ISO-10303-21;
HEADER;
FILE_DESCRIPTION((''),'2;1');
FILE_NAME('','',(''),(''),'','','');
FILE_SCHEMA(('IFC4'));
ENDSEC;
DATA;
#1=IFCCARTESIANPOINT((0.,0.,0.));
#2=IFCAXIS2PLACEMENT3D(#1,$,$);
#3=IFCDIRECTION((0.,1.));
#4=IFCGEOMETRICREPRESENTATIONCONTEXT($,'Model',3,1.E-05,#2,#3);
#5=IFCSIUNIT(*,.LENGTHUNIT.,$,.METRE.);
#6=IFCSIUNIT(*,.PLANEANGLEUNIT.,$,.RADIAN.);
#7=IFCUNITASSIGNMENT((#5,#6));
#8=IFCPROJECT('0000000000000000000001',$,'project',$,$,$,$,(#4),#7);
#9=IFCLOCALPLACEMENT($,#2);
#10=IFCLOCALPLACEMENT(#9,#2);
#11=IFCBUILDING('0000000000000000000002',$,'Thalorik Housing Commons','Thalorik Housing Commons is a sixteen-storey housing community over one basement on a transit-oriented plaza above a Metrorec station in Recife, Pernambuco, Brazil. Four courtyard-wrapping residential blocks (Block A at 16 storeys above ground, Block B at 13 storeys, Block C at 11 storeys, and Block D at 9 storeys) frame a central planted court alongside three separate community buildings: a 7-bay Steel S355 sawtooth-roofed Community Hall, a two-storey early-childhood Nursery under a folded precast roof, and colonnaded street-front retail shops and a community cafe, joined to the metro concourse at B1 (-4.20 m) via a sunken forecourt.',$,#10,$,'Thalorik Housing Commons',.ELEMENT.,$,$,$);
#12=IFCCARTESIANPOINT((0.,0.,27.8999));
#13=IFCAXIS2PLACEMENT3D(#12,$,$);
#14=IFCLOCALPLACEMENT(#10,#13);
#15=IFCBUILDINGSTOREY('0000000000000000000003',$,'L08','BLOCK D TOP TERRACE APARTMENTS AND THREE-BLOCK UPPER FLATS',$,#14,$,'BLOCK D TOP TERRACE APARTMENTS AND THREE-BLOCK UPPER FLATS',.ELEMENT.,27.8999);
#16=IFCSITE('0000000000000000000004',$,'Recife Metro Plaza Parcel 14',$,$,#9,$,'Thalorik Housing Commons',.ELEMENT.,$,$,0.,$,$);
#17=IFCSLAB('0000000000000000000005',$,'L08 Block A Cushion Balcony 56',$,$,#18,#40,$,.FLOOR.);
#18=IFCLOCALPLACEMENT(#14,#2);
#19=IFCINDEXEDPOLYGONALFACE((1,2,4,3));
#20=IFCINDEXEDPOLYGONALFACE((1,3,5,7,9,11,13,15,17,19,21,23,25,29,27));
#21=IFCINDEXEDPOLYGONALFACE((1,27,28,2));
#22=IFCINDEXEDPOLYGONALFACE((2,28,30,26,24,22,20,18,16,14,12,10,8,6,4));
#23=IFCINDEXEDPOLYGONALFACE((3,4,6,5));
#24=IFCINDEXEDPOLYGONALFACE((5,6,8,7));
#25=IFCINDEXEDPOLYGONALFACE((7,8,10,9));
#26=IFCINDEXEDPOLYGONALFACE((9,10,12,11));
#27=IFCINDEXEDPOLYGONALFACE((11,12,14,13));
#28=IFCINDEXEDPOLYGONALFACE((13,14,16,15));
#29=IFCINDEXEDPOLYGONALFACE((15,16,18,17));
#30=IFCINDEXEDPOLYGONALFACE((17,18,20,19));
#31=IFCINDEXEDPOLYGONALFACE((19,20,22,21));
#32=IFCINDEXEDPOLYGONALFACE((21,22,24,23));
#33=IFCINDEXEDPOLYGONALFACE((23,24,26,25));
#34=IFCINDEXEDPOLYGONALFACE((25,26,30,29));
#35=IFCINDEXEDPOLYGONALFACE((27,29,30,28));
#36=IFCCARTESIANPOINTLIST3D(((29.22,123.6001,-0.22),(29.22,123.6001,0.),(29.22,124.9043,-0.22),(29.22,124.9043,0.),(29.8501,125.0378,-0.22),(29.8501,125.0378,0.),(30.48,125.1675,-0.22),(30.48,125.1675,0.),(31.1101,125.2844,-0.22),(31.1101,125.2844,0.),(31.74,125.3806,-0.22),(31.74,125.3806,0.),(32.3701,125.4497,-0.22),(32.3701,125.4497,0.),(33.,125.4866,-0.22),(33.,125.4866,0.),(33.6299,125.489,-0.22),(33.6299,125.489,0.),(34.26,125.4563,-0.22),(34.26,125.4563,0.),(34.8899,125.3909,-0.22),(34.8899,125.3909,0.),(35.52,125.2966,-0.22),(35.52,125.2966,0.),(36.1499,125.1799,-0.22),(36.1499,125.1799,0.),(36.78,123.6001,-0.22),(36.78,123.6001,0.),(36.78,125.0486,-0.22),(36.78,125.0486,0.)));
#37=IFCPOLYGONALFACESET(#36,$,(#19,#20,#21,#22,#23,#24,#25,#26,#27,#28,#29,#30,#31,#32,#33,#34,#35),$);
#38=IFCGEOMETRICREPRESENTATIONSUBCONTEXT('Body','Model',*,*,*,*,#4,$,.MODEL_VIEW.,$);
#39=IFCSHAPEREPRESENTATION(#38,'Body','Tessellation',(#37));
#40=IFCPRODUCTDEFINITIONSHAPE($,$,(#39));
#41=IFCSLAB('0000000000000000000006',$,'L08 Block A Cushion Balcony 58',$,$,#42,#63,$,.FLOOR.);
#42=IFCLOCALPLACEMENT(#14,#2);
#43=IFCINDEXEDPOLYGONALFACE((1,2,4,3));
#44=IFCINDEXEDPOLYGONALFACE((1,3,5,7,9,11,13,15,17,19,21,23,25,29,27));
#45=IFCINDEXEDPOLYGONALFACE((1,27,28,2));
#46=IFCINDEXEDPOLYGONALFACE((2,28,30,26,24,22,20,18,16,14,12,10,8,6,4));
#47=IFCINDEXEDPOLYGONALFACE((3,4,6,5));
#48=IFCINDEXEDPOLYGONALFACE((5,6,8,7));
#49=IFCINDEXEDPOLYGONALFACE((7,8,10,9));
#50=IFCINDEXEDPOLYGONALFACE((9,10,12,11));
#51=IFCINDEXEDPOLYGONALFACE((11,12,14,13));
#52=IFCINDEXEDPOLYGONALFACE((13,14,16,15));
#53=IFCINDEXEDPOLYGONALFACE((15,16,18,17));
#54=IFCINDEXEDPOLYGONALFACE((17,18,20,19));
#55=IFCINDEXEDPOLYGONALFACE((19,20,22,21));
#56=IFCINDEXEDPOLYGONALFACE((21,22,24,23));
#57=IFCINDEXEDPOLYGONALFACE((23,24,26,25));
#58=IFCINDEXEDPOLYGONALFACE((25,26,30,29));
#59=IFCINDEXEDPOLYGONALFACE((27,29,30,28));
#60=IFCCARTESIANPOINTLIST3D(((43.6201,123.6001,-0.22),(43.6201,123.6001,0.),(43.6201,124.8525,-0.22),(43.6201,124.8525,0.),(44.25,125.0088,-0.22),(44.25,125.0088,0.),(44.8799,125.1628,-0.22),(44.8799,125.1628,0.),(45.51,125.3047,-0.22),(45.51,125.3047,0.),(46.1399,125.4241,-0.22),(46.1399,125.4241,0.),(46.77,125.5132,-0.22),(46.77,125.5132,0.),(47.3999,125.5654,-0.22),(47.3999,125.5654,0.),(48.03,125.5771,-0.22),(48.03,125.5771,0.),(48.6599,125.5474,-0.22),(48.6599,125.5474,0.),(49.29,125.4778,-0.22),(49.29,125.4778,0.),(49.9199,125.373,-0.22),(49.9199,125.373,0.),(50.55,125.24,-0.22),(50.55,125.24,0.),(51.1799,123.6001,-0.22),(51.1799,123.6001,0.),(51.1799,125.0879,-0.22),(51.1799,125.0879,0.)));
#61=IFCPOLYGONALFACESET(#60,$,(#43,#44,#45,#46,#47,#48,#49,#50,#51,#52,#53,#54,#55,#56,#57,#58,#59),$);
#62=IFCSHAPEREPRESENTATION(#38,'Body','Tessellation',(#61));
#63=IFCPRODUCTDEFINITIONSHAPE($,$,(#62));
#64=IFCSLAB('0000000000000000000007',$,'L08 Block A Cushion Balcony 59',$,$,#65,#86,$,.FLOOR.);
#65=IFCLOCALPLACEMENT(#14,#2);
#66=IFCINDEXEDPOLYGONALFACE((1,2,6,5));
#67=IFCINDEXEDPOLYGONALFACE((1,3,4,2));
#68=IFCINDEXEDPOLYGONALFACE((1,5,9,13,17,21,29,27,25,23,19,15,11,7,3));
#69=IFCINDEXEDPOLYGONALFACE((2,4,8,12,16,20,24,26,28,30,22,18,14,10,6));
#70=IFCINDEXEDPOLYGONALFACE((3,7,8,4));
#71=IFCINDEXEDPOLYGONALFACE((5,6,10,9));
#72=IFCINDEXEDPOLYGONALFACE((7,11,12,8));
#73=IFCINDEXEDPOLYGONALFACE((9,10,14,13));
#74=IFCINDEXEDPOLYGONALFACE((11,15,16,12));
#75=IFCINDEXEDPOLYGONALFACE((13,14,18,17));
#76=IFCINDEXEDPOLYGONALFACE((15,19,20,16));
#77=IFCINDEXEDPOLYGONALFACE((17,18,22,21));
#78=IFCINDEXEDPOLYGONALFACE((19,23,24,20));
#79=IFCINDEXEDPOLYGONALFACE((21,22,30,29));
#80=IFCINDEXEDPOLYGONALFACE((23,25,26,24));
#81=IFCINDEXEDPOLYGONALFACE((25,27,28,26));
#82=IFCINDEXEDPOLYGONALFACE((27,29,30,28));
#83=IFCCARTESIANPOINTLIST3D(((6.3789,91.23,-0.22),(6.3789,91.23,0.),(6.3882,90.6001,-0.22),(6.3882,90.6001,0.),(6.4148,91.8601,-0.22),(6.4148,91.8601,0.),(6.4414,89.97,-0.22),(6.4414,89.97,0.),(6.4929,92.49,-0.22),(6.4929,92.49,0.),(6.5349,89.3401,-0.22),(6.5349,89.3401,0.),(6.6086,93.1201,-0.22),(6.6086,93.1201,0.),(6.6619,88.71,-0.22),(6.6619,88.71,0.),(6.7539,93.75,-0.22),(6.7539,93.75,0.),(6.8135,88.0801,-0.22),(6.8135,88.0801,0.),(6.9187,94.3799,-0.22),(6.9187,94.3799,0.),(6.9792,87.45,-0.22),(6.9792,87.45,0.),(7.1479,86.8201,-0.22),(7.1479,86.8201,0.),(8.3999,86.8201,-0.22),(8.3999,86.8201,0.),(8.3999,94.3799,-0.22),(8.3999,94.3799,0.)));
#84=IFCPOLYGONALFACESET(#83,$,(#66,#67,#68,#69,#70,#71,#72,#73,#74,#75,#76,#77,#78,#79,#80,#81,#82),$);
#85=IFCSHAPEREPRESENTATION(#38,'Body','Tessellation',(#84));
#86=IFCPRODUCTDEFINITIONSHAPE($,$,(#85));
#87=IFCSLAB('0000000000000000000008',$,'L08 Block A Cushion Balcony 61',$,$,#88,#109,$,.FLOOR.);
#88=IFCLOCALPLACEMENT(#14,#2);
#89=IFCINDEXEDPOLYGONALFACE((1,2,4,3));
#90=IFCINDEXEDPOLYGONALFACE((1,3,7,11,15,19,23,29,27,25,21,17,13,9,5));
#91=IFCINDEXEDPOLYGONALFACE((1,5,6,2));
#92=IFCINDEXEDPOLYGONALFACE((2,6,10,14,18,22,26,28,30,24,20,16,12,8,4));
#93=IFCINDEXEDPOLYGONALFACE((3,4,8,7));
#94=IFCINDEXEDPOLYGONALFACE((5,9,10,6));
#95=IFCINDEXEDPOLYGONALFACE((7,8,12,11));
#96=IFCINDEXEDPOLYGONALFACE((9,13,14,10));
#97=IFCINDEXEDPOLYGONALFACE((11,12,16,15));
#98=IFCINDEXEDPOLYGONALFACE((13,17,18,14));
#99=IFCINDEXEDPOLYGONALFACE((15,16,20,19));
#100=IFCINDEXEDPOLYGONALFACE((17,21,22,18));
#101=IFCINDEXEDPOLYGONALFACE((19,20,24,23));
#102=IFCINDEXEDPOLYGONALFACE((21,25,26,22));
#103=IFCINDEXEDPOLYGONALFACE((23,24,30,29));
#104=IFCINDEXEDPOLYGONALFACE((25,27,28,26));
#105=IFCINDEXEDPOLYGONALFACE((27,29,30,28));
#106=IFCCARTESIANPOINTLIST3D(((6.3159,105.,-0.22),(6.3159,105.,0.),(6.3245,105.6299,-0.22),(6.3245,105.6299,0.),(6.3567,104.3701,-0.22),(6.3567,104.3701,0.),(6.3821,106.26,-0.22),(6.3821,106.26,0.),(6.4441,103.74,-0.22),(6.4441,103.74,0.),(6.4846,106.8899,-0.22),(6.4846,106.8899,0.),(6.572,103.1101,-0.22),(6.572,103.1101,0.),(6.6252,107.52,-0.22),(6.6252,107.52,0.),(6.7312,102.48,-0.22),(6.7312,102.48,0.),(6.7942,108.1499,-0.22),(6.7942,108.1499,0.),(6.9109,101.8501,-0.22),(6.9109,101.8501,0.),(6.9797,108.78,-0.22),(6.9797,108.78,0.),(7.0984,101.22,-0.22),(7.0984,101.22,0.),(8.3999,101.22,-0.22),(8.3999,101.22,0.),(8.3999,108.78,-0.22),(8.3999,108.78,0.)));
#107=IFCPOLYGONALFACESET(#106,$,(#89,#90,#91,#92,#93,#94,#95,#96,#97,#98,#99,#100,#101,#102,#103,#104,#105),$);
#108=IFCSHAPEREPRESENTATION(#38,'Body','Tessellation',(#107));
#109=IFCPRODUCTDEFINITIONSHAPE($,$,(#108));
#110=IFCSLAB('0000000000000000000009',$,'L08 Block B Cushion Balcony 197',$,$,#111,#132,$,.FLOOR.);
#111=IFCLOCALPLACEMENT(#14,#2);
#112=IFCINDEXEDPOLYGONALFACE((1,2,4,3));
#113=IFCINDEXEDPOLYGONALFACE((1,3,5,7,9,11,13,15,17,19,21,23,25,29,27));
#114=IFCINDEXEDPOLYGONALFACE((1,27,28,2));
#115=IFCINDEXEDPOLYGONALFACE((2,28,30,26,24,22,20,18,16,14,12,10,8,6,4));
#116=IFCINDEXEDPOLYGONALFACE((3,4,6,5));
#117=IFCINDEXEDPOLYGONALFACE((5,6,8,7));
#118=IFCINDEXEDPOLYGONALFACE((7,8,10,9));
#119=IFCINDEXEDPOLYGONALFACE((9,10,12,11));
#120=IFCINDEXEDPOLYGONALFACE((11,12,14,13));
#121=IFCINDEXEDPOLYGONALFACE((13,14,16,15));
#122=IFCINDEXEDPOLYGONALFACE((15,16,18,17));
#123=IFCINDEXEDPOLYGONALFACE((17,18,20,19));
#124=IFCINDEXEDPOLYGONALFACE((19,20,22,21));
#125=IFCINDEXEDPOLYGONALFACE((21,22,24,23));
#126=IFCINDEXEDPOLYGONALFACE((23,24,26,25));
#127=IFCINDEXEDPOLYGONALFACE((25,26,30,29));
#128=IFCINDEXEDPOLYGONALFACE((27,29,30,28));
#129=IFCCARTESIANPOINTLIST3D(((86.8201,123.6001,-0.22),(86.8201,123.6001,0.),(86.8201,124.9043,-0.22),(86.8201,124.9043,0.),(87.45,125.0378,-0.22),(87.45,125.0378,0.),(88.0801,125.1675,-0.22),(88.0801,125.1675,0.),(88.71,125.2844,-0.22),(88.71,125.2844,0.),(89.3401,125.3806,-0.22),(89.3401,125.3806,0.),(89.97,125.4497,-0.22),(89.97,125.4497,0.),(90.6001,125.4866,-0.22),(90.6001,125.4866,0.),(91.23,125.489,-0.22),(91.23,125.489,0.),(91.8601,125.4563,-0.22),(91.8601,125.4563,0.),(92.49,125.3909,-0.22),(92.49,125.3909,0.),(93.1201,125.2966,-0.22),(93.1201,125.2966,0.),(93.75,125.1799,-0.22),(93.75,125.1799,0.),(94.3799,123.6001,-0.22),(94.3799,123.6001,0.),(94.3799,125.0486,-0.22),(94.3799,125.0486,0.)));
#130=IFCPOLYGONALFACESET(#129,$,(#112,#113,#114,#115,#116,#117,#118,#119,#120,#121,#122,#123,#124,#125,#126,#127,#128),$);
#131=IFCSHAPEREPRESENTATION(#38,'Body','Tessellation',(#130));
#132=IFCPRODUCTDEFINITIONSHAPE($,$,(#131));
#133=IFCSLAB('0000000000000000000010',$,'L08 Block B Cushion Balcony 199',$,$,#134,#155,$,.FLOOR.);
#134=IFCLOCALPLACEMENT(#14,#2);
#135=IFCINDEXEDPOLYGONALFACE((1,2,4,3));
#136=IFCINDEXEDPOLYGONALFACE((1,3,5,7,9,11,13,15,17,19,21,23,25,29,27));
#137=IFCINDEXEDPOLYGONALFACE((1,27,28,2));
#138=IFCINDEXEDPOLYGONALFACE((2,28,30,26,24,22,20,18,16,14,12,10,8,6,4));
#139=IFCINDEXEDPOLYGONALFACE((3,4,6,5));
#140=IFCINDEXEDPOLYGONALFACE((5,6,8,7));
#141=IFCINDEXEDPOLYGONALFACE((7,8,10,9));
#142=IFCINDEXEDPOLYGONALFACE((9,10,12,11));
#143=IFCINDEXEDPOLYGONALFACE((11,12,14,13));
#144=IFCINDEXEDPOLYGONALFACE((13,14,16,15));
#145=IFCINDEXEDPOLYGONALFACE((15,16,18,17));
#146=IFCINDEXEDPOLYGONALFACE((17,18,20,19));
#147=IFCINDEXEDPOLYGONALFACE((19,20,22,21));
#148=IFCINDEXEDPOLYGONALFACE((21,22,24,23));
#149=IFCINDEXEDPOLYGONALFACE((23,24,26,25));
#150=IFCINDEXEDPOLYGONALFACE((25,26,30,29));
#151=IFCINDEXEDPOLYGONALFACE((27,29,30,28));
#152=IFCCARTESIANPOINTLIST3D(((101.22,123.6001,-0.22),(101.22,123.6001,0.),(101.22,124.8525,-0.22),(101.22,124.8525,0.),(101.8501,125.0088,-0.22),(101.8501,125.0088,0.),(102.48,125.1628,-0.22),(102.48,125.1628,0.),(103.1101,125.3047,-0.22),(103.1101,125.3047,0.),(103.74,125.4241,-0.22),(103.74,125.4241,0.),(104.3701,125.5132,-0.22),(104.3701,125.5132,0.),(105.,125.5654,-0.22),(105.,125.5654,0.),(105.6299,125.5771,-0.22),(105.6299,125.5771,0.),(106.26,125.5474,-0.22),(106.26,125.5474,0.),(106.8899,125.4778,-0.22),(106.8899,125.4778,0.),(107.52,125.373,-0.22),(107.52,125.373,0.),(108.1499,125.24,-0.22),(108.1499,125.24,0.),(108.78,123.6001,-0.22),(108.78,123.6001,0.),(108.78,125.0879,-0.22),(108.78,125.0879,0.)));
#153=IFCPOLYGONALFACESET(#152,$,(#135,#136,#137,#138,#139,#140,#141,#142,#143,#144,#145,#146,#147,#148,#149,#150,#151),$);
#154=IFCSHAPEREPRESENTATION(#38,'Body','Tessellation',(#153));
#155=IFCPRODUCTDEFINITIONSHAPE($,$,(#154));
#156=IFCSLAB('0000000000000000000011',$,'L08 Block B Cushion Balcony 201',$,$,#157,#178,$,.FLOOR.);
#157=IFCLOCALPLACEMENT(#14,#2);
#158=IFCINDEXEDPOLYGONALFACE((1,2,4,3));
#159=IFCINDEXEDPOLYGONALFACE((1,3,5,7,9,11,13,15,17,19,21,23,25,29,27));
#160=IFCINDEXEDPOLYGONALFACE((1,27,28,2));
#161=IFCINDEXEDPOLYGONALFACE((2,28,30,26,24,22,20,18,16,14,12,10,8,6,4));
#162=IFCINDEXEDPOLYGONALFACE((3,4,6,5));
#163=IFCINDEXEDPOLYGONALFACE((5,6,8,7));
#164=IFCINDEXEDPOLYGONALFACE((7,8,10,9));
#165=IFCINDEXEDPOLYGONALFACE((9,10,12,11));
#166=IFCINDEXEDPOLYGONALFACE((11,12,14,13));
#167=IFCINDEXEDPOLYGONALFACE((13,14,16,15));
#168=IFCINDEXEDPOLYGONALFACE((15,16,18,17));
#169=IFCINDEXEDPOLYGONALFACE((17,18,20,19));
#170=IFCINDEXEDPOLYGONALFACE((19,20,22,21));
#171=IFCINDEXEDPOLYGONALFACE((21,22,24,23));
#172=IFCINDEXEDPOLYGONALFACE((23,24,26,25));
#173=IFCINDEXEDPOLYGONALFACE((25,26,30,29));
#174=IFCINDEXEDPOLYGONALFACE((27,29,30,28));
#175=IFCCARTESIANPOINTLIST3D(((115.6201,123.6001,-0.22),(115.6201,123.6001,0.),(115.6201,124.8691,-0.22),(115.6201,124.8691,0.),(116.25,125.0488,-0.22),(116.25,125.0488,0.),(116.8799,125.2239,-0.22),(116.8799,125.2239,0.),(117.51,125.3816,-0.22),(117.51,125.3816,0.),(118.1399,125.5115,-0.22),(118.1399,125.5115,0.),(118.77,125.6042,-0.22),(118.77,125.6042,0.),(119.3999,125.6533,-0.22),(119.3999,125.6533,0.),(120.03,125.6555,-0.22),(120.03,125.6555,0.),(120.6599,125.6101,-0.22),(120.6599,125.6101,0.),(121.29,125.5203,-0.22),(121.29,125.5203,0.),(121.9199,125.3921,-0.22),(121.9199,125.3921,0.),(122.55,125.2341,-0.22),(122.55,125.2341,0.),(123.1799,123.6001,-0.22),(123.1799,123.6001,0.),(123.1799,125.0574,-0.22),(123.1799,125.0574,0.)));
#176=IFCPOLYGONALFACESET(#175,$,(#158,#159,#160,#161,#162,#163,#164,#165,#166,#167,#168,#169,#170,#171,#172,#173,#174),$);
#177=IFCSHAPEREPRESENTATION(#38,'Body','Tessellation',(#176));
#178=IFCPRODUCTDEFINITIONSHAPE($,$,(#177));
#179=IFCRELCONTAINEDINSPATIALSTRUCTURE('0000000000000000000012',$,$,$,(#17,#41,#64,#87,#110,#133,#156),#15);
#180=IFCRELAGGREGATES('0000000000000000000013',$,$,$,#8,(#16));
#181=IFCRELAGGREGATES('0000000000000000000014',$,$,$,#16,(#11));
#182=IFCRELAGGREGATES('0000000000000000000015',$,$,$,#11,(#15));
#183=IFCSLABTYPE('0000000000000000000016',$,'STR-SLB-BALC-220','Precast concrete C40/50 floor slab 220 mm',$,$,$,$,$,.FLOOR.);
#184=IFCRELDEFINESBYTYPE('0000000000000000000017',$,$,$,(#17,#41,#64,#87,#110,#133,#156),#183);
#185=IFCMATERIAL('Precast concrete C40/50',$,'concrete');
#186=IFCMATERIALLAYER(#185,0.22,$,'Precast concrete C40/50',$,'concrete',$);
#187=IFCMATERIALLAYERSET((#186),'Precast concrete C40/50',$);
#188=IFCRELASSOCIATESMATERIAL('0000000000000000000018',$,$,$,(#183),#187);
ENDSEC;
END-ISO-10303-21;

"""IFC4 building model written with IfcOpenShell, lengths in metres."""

from ifc_helpers import new_model, si_unit, direction, frame, origin, place, context, subcontext, project, spatial, polyline, outline, extrude, material, layer, layer_set, type_object, element, save


model = new_model("IFC4")

# Units and contexts
model_context = context("Model", 3, precision=1e-05, world=origin(), true_north=direction((0.0, 1.0)))
body_context = subcontext(model_context, "Body", "Model", "MODEL_VIEW")
ifc_project = project(units=[si_unit("LENGTHUNIT", "METRE"), si_unit("PLANEANGLEUNIT", "RADIAN")], contexts=[model_context])

# Site, building, storey
site_placement = place(None, origin())
site = spatial("IfcSite", under=ifc_project, at=site_placement, Name="Recife Metro Plaza Parcel 14", LongName="Thalorik Housing Commons", CompositionType="ELEMENT", RefElevation=0.0)
building_placement = place(site_placement, origin())
building = spatial("IfcBuilding", under=site, at=building_placement, Name="Thalorik Housing Commons", Description="Thalorik Housing Commons is a sixteen-storey housing community over one basement on a transit-oriented plaza above a Metrorec station in Recife, Pernambuco, Brazil. Four courtyard-wrapping residential blocks (Block A at 16 storeys above ground, Block B at 13 storeys, Block C at 11 storeys, and Block D at 9 storeys) frame a central planted court alongside three separate community buildings: a 7-bay Steel S355 sawtooth-roofed Community Hall, a two-storey early-childhood Nursery under a folded precast roof, and colonnaded street-front retail shops and a community cafe, joined to the metro concourse at B1 (-4.20 m) via a sunken forecourt.", LongName="Thalorik Housing Commons", CompositionType="ELEMENT")
storey_placement = place(building_placement, frame((0.0, 0.0, 27.8999)))
storey = spatial("IfcBuildingStorey", under=building, at=storey_placement, Name="L08", Description="BLOCK D TOP TERRACE APARTMENTS AND THREE-BLOCK UPPER FLATS", LongName="BLOCK D TOP TERRACE APARTMENTS AND THREE-BLOCK UPPER FLATS", CompositionType="ELEMENT", Elevation=27.8999)

# Slabs
ifc_material_1 = material(Name="Precast concrete C40/50", Category="concrete")
ifc_layer_1 = layer(ifc_material_1, 0.22, Name="Precast concrete C40/50", Category="concrete")
ifc_layer_set_1 = layer_set([ifc_layer_1], Name="Precast concrete C40/50")
slab_type_1 = type_object("IfcSlabType", Name="STR-SLB-BALC-220", Description="Precast concrete C40/50 floor slab 220 mm", PredefinedType="FLOOR", material=ifc_layer_set_1)
slab_1_placement = place(storey_placement, frame((0.0, 0.0, -0.22)))
element("IfcSlab", 1, at=slab_1_placement, inside=storey, type_object=slab_type_1, Name="L08 Block A Cushion Balcony 56", PredefinedType="FLOOR", context=body_context, shape_type="SweptSolid", body=[
    extrude(outline(polyline([(29.22, 123.6001), (36.78, 123.6001), (36.78, 125.0486), (36.1499, 125.1799), (35.52, 125.2966), (34.8899, 125.3909), (34.26, 125.4563), (33.6299, 125.489), (33.0, 125.4866), (32.3701, 125.4497), (31.74, 125.3806), (31.1101, 125.2844), (30.48, 125.1675), (29.8501, 125.0378), (29.22, 124.9043), (29.22, 123.6001)])), origin(), (0.0, 0.0, 1.0), 0.22),
])
slab_2_placement = place(storey_placement, frame((0.0, 0.0, -0.22)))
element("IfcSlab", 2, at=slab_2_placement, inside=storey, type_object=slab_type_1, Name="L08 Block A Cushion Balcony 58", PredefinedType="FLOOR", context=body_context, shape_type="SweptSolid", body=[
    extrude(outline(polyline([(43.6201, 123.6001), (51.1799, 123.6001), (51.1799, 125.0879), (50.55, 125.24), (49.9199, 125.373), (49.29, 125.4778), (48.6599, 125.5474), (48.03, 125.5771), (47.3999, 125.5654), (46.77, 125.5132), (46.1399, 125.4241), (45.51, 125.3047), (44.8799, 125.1628), (44.25, 125.0088), (43.6201, 124.8525), (43.6201, 123.6001)])), origin(), (0.0, 0.0, 1.0), 0.22),
])
slab_3_placement = place(storey_placement, frame((0.0, 0.0, -0.22)))
element("IfcSlab", 3, at=slab_3_placement, inside=storey, type_object=slab_type_1, Name="L08 Block A Cushion Balcony 59", PredefinedType="FLOOR", context=body_context, shape_type="SweptSolid", body=[
    extrude(outline(polyline([(8.3999, 86.8201), (8.3999, 94.3799), (6.9187, 94.3799), (6.7539, 93.75), (6.6086, 93.1201), (6.4929, 92.49), (6.4148, 91.8601), (6.3789, 91.23), (6.3882, 90.6001), (6.4414, 89.97), (6.5349, 89.3401), (6.6619, 88.71), (6.8135, 88.0801), (6.9792, 87.45), (7.1479, 86.8201), (8.3999, 86.8201)])), origin(), (0.0, 0.0, 1.0), 0.22),
])
slab_4_placement = place(storey_placement, frame((0.0, 0.0, -0.22)))
element("IfcSlab", 4, at=slab_4_placement, inside=storey, type_object=slab_type_1, Name="L08 Block A Cushion Balcony 61", PredefinedType="FLOOR", context=body_context, shape_type="SweptSolid", body=[
    extrude(outline(polyline([(8.3999, 101.22), (8.3999, 108.78), (6.9797, 108.78), (6.7942, 108.1499), (6.6252, 107.52), (6.4846, 106.8899), (6.3821, 106.26), (6.3245, 105.6299), (6.3159, 105.0), (6.3567, 104.3701), (6.4441, 103.74), (6.572, 103.1101), (6.7312, 102.48), (6.9109, 101.8501), (7.0984, 101.22), (8.3999, 101.22)])), origin(), (0.0, 0.0, 1.0), 0.22),
])
slab_5_placement = place(storey_placement, frame((0.0, 0.0, -0.22)))
element("IfcSlab", 5, at=slab_5_placement, inside=storey, type_object=slab_type_1, Name="L08 Block B Cushion Balcony 197", PredefinedType="FLOOR", context=body_context, shape_type="SweptSolid", body=[
    extrude(outline(polyline([(86.8201, 123.6001), (94.3799, 123.6001), (94.3799, 125.0486), (93.75, 125.1799), (93.1201, 125.2966), (92.49, 125.3909), (91.8601, 125.4563), (91.23, 125.489), (90.6001, 125.4866), (89.97, 125.4497), (89.3401, 125.3806), (88.71, 125.2844), (88.0801, 125.1675), (87.45, 125.0378), (86.8201, 124.9043), (86.8201, 123.6001)])), origin(), (0.0, 0.0, 1.0), 0.22),
])
slab_6_placement = place(storey_placement, frame((0.0, 0.0, -0.22)))
element("IfcSlab", 6, at=slab_6_placement, inside=storey, type_object=slab_type_1, Name="L08 Block B Cushion Balcony 199", PredefinedType="FLOOR", context=body_context, shape_type="SweptSolid", body=[
    extrude(outline(polyline([(101.22, 123.6001), (108.78, 123.6001), (108.78, 125.0879), (108.1499, 125.24), (107.52, 125.373), (106.8899, 125.4778), (106.26, 125.5474), (105.6299, 125.5771), (105.0, 125.5654), (104.3701, 125.5132), (103.74, 125.4241), (103.1101, 125.3047), (102.48, 125.1628), (101.8501, 125.0088), (101.22, 124.8525), (101.22, 123.6001)])), origin(), (0.0, 0.0, 1.0), 0.22),
])
slab_7_placement = place(storey_placement, frame((0.0, 0.0, -0.22)))
element("IfcSlab", 7, at=slab_7_placement, inside=storey, type_object=slab_type_1, Name="L08 Block B Cushion Balcony 201", PredefinedType="FLOOR", context=body_context, shape_type="SweptSolid", body=[
    extrude(outline(polyline([(115.6201, 123.6001), (123.1799, 123.6001), (123.1799, 125.0574), (122.55, 125.2341), (121.9199, 125.3921), (121.29, 125.5203), (120.6599, 125.6101), (120.03, 125.6555), (119.3999, 125.6533), (118.77, 125.6042), (118.1399, 125.5115), (117.51, 125.3816), (116.8799, 125.2239), (116.25, 125.0488), (115.6201, 124.8691), (115.6201, 123.6001)])), origin(), (0.0, 0.0, 1.0), 0.22),
])

save(model, "model.ifc")
